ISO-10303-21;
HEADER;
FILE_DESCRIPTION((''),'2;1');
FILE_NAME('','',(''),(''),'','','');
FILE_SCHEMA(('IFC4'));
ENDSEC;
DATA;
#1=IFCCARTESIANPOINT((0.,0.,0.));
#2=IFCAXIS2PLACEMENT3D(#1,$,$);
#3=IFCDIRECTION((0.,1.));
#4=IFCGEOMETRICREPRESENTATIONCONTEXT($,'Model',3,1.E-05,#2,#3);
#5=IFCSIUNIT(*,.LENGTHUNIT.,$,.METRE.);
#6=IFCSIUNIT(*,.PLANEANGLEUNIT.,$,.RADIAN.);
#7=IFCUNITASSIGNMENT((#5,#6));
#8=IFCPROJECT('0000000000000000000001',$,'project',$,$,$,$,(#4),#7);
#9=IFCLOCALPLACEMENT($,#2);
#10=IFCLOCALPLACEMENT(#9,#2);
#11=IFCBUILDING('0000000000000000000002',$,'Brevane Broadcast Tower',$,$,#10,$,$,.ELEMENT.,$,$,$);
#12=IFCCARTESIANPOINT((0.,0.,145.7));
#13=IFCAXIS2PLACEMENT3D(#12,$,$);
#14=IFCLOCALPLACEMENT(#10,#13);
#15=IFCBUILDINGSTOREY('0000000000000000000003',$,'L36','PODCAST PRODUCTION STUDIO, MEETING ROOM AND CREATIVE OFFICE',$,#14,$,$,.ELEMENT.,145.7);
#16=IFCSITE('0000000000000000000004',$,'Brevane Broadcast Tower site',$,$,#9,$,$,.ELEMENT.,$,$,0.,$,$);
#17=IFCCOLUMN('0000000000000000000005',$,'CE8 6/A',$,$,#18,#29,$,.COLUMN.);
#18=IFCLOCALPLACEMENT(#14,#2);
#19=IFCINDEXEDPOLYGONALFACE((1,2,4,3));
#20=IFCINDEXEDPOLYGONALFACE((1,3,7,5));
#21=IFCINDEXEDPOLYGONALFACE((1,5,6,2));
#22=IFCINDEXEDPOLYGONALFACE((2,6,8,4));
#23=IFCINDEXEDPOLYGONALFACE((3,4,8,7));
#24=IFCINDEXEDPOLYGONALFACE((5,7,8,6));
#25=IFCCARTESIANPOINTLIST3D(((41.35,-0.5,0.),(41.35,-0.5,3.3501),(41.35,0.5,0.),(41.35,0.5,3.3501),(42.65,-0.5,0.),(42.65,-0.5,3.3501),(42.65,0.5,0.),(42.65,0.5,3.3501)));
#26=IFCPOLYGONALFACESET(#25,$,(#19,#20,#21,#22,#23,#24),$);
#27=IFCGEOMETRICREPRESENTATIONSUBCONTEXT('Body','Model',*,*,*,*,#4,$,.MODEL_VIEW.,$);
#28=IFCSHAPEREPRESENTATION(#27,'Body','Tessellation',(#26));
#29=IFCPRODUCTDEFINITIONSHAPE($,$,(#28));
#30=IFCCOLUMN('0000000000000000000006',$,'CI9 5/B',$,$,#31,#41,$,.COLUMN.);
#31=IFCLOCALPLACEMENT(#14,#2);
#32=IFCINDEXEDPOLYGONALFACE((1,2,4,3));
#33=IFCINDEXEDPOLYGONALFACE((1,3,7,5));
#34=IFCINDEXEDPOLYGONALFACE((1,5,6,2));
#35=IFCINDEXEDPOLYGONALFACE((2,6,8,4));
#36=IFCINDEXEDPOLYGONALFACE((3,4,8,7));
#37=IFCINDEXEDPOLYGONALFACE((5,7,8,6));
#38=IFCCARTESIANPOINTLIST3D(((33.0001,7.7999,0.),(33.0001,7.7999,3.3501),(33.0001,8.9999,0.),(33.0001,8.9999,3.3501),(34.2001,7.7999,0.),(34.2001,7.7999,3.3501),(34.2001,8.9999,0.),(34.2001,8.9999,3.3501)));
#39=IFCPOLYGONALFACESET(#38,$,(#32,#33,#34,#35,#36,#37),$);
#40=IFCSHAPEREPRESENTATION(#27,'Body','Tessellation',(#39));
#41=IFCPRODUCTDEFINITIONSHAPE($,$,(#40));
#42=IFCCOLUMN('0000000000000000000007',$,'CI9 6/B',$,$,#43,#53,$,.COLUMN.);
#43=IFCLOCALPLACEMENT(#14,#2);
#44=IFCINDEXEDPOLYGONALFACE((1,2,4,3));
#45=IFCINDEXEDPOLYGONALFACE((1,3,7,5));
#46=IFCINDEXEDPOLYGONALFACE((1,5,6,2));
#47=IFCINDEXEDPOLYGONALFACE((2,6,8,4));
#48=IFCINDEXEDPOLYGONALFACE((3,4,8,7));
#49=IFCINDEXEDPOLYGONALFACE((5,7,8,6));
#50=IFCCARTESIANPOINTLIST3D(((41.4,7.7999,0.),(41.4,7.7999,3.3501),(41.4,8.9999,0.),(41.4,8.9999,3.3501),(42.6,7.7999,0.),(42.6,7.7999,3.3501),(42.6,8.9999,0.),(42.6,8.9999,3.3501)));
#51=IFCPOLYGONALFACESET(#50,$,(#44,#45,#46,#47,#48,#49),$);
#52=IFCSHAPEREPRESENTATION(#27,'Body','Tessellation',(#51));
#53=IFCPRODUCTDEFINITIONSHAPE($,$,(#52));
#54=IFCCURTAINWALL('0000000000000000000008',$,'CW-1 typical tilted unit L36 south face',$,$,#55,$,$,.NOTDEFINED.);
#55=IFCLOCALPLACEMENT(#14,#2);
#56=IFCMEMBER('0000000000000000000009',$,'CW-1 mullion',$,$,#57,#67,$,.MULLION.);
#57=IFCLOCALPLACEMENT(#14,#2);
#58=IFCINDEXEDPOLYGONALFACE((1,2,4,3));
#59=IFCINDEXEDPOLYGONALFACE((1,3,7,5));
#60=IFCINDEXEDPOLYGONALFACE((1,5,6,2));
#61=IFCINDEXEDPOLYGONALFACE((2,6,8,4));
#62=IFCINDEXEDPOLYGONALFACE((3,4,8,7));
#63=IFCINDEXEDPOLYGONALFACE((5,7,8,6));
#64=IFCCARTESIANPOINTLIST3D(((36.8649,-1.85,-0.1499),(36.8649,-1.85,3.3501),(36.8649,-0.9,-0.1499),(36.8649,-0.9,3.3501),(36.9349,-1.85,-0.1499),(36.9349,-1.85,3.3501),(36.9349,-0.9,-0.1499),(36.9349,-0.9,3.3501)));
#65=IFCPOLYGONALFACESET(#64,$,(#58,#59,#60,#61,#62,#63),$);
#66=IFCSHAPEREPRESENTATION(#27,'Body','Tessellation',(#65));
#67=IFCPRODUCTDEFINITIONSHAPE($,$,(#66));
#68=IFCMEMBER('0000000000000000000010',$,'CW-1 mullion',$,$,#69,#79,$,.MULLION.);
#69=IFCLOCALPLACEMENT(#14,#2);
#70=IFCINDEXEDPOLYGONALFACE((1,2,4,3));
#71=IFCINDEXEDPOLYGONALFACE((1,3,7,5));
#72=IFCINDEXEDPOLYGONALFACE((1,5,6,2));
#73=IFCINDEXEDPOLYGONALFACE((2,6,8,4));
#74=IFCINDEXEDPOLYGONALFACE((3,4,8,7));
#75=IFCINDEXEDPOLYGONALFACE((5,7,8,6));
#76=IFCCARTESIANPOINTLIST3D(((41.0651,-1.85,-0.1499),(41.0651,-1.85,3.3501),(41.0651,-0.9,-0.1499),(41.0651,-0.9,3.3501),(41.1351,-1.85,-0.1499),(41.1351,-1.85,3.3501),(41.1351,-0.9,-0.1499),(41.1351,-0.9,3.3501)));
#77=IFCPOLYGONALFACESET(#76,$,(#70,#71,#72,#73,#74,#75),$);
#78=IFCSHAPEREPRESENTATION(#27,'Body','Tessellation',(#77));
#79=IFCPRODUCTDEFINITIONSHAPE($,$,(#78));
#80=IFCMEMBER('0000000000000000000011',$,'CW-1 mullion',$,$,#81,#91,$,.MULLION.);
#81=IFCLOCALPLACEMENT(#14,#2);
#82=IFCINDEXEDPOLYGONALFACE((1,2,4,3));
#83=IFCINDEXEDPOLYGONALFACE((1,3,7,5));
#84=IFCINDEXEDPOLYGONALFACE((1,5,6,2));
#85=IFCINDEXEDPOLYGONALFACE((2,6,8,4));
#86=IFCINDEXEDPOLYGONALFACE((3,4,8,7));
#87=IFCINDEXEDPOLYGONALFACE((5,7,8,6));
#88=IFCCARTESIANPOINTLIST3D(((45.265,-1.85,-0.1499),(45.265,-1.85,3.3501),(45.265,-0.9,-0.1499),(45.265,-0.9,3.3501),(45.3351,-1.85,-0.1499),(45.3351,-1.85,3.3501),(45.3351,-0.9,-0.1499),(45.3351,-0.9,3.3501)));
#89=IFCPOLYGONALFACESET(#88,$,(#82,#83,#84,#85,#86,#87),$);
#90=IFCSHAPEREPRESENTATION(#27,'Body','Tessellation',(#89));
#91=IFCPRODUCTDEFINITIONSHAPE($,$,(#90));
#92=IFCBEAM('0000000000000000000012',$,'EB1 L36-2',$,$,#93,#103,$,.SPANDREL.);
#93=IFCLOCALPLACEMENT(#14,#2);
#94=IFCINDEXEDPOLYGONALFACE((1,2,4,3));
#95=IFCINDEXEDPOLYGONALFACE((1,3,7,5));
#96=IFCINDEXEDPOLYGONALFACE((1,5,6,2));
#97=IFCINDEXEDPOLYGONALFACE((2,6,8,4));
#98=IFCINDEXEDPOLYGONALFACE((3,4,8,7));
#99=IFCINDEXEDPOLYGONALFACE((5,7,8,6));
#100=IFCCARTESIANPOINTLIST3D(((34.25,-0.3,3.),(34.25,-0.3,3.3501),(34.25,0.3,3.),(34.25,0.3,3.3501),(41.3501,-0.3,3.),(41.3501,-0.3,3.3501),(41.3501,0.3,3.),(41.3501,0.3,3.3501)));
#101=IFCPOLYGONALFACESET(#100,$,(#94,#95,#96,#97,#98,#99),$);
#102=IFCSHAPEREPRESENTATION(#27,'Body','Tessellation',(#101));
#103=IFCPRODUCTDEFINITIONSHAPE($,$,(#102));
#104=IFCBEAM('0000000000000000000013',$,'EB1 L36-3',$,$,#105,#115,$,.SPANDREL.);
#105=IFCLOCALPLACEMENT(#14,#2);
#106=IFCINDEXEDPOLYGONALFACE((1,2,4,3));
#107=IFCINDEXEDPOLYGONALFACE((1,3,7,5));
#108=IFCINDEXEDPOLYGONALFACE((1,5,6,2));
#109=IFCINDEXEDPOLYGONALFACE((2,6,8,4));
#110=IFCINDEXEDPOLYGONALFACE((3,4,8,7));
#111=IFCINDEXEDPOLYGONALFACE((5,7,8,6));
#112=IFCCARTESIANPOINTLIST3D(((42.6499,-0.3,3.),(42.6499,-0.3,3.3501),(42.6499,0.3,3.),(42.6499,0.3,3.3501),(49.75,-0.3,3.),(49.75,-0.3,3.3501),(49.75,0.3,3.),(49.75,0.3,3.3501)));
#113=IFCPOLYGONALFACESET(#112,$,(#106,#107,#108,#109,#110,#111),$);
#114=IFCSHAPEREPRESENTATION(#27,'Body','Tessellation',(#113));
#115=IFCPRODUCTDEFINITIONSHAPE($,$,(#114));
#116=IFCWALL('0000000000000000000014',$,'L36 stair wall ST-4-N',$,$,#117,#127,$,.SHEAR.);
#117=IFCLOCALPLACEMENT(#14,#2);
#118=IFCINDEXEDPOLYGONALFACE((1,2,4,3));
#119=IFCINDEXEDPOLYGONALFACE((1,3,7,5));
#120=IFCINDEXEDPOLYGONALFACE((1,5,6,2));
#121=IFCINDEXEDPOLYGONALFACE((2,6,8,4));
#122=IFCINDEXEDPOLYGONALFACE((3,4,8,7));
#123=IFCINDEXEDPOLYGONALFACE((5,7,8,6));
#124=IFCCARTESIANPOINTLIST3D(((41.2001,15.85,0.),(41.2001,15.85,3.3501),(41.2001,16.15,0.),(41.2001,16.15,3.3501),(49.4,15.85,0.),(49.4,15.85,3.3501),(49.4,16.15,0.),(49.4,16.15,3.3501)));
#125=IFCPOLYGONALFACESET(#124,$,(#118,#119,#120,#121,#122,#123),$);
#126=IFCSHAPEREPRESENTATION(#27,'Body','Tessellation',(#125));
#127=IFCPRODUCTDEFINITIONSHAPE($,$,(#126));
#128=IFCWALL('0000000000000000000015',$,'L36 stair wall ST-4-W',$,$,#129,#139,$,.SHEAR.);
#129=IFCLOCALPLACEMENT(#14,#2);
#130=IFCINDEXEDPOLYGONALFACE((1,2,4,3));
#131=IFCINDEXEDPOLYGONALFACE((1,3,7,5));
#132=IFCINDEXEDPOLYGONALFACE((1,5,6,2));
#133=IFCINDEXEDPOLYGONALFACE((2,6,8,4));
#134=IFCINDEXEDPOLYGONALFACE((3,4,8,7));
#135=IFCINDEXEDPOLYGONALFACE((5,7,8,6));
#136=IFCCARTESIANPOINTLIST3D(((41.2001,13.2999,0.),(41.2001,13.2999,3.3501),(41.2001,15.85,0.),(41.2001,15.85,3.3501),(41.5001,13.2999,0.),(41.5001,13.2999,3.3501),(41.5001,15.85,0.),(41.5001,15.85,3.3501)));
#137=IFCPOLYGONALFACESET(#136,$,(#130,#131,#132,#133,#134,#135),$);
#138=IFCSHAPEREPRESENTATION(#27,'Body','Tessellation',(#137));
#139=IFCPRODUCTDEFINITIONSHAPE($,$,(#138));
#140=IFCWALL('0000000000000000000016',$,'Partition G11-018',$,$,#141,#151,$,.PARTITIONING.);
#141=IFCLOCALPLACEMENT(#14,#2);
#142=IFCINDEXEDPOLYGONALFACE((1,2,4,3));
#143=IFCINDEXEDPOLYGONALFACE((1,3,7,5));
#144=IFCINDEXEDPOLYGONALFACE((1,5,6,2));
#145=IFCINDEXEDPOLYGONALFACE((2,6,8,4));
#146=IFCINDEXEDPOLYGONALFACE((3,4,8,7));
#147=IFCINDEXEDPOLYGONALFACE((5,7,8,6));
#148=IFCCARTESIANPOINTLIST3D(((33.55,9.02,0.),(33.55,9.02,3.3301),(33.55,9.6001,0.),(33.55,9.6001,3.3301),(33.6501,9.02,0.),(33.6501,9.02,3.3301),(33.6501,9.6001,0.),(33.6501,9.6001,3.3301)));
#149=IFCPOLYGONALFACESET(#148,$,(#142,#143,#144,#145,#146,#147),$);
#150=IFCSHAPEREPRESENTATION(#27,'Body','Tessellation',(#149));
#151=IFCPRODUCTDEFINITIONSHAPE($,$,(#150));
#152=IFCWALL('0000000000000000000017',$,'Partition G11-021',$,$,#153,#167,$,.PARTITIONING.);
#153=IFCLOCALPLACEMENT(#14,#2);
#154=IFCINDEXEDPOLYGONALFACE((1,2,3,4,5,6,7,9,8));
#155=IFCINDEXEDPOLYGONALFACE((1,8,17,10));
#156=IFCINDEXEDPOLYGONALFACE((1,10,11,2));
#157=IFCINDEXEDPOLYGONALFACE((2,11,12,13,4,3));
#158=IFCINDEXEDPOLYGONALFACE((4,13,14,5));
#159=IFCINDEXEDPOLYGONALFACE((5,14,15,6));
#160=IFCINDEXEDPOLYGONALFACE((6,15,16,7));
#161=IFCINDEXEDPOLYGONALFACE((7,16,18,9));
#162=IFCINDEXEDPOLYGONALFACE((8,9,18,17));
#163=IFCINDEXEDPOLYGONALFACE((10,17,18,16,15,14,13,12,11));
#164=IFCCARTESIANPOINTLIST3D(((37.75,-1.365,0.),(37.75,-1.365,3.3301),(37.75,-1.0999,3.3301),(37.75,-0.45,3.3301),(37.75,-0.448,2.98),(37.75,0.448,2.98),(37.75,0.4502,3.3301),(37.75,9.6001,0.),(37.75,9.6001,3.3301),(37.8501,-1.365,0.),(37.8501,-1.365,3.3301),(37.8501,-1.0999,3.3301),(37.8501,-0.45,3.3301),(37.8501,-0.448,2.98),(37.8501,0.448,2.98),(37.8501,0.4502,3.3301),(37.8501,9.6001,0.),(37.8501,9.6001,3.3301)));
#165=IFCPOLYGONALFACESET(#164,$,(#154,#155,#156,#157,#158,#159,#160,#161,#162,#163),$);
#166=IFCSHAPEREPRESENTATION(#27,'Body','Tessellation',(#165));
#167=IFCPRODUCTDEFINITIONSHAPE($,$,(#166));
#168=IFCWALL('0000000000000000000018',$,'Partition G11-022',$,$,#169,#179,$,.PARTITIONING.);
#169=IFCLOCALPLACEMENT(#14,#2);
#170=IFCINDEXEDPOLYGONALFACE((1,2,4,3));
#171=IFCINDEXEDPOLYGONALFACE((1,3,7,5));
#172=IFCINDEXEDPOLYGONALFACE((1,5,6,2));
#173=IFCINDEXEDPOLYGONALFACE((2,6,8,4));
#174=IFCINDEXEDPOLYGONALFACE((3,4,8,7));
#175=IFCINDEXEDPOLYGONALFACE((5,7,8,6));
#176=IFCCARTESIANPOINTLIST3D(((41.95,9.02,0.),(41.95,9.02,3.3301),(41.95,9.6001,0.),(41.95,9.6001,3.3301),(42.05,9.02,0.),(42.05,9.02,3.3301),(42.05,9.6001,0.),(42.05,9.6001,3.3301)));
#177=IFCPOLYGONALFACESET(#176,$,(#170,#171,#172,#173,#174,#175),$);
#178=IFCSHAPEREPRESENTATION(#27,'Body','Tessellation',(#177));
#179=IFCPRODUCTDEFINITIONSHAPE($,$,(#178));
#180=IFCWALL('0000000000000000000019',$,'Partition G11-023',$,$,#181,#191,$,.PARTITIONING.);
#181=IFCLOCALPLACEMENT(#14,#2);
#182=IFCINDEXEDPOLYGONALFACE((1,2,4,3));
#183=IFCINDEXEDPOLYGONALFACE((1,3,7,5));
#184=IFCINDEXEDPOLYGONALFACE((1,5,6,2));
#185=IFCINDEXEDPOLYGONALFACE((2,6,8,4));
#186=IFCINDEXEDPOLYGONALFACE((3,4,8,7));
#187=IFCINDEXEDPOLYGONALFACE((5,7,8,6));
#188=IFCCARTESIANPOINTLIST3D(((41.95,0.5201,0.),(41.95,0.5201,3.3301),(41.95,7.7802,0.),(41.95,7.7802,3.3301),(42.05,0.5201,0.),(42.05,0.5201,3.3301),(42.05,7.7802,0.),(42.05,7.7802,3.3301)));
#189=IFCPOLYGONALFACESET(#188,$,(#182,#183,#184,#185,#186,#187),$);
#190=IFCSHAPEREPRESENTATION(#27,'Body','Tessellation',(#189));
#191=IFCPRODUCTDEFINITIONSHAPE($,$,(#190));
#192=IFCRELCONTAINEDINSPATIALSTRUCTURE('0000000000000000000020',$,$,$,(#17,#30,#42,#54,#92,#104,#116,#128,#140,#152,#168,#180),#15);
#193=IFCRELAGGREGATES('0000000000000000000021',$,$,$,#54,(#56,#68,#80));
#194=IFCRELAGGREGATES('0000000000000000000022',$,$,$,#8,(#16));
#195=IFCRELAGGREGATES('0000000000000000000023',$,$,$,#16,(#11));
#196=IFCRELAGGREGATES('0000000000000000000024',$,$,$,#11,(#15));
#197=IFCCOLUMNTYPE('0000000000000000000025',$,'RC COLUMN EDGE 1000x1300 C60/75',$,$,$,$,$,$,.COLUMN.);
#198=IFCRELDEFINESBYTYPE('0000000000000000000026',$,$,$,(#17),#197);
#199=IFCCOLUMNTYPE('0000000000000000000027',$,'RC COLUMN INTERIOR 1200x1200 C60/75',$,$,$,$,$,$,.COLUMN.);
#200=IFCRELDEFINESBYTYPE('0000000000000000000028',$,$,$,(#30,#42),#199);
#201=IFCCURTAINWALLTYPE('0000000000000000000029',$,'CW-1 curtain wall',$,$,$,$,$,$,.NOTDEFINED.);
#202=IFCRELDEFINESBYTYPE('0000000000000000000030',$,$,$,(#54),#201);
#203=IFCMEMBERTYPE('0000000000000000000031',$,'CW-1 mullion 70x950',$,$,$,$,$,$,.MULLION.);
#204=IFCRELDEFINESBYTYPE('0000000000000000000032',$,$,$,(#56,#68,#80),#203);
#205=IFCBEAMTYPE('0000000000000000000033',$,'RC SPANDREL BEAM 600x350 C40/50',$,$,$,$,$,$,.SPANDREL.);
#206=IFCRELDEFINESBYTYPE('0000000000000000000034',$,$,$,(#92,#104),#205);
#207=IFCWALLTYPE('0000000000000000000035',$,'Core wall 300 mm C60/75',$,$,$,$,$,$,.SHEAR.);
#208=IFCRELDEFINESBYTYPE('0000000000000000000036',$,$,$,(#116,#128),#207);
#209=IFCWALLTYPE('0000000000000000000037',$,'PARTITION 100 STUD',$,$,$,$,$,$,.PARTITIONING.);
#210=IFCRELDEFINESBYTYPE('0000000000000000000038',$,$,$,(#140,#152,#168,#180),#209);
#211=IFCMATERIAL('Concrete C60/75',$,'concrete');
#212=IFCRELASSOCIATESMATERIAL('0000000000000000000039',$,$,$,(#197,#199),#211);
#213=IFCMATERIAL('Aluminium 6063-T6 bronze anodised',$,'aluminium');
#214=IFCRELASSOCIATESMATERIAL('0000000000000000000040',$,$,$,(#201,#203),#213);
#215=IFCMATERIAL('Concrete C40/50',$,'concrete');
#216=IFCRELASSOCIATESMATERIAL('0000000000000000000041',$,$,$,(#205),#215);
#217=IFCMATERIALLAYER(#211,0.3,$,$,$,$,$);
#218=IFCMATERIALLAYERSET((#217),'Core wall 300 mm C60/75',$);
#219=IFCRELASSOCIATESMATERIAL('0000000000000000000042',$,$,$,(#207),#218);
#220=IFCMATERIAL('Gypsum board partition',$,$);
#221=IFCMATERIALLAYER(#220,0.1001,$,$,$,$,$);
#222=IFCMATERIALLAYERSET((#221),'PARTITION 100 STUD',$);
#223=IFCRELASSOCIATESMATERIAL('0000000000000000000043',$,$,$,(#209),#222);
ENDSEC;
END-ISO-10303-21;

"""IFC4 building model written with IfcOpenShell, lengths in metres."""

from ifc_helpers import new_model, si_unit, direction, frame, frame_2d, origin, origin_2d, place, context, subcontext, project, spatial, polyline, rectangle, outline, extrude, material, layer, layer_set, material_profile, profile_set, type_object, element, aggregate, save


model = new_model("IFC4")

# Units and contexts
model_context = context("Model", 3, precision=1e-05, world=origin(), true_north=direction((0.0, 1.0)))
body_context = subcontext(model_context, "Body", "Model", "MODEL_VIEW")
ifc_project = project(units=[si_unit("LENGTHUNIT", "METRE"), si_unit("PLANEANGLEUNIT", "RADIAN")], contexts=[model_context])

# Site, building, storey
site_placement = place(None, origin())
site = spatial("IfcSite", under=ifc_project, at=site_placement, Name="Brevane Broadcast Tower site", CompositionType="ELEMENT", RefElevation=0.0)
building_placement = place(site_placement, origin())
building = spatial("IfcBuilding", under=site, at=building_placement, Name="Brevane Broadcast Tower", CompositionType="ELEMENT")
storey_placement = place(building_placement, frame((0.0, 0.0, 145.7)))
storey = spatial("IfcBuildingStorey", under=building, at=storey_placement, Name="L36", Description="PODCAST PRODUCTION STUDIO, MEETING ROOM AND CREATIVE OFFICE", CompositionType="ELEMENT", Elevation=145.7)

# Columns
ifc_material_1 = material(Name="Concrete C60/75", Category="concrete")
ifc_material_profile_1 = material_profile(ifc_material_1, rectangle(XDim=1.0, YDim=1.3, at=origin_2d()), Name="RC 1000x1300")
ifc_profile_set_1 = profile_set([ifc_material_profile_1], Name="Concrete C60/75")
column_type_1 = type_object("IfcColumnType", Name="RC COLUMN EDGE 1000x1300 C60/75", PredefinedType="COLUMN", material=ifc_profile_set_1)
column_placement = place(storey_placement, frame((42.0, 0.0, 0.0), z_axis=(0.0, 0.0, 1.0), x_axis=(0.0, 1.0, 0.0)))
element("IfcColumn", 1, at=column_placement, inside=storey, type_object=column_type_1, Name="CE8 6/A", PredefinedType="COLUMN", context=body_context, shape_type="SweptSolid", body=[
    extrude(rectangle(XDim=1.0, YDim=1.3, at=origin_2d()), origin(), (0.0, 0.0, 1.0), 3.3501),
])
ifc_material_profile_2 = material_profile(ifc_material_1, rectangle(XDim=1.2, YDim=1.2, at=origin_2d()), Name="RC 1200x1200")
ifc_profile_set_2 = profile_set([ifc_material_profile_2], Name="Concrete C60/75")
column_type_2 = type_object("IfcColumnType", Name="RC COLUMN INTERIOR 1200x1200 C60/75", PredefinedType="COLUMN", material=ifc_profile_set_2)
for number, where, z_axis, x_axis, name in (
    (2, (33.6001, 8.3999, 0.0), (0.0, 0.0, 1.0), (1.0, 0.0, 0.0), "CI9 5/B"),
    (3, (42.0, 8.3999, 0.0), (0.0, 0.0, 1.0), (1.0, 0.0, 0.0), "CI9 6/B"),
):
    element("IfcColumn", number, at=place(storey_placement, frame(where, z_axis=z_axis, x_axis=x_axis)), inside=storey, type_object=column_type_2, Name=name, PredefinedType="COLUMN", context=body_context, shape_type="SweptSolid", body=[
        extrude(rectangle(XDim=1.2, YDim=1.2, at=origin_2d()), origin(), (0.0, 0.0, 1.0), 3.3501),
    ])

# Curtain wall, members
ifc_material_2 = material(Name="Aluminium 6063-T6 bronze anodised", Category="aluminium")
curtain_wall_type = type_object("IfcCurtainWallType", Name="CW-1 curtain wall", PredefinedType="NOTDEFINED", material=ifc_material_2)
curtain_wall_placement = place(storey_placement, origin())
curtain_wall = element("IfcCurtainWall", 4, at=curtain_wall_placement, inside=storey, type_object=curtain_wall_type, Name="CW-1 typical tilted unit L36 south face", PredefinedType="NOTDEFINED")
ifc_material_profile_3 = material_profile(ifc_material_2, rectangle(XDim=0.95, YDim=0.0701, at=origin_2d()), Name="RECT 70x950")
ifc_profile_set_3 = profile_set([ifc_material_profile_3], Name="Aluminium 6063-T6 bronze anodised")
member_type = type_object("IfcMemberType", Name="CW-1 mullion 70x950", PredefinedType="MULLION", material=ifc_profile_set_3)
member_1_placement = place(storey_placement, frame((36.8999, -1.375, -0.1499), z_axis=(0.0, 0.0, 1.0), x_axis=(0.0, 1.0, 0.0)))
member_1 = element("IfcMember", 5, at=member_1_placement, type_object=member_type, Name="CW-1 mullion", PredefinedType="MULLION", context=body_context, shape_type="SweptSolid", body=[
    extrude(rectangle(XDim=0.95, YDim=0.0701, at=origin_2d()), origin(), (0.0, 0.0, 1.0), 3.5),
])
member_2_placement = place(storey_placement, frame((41.1001, -1.375, -0.1499), z_axis=(0.0, 0.0, 1.0), x_axis=(0.0, 1.0, 0.0)))
member_2 = element("IfcMember", 6, at=member_2_placement, type_object=member_type, Name="CW-1 mullion", PredefinedType="MULLION", context=body_context, shape_type="SweptSolid", body=[
    extrude(rectangle(XDim=0.95, YDim=0.0701, at=origin_2d()), origin(), (0.0, 0.0, 1.0), 3.5),
])
member_3_placement = place(storey_placement, frame((45.3, -1.375, -0.1499), z_axis=(0.0, 0.0, 1.0), x_axis=(0.0, 1.0, 0.0)))
member_3 = element("IfcMember", 7, at=member_3_placement, type_object=member_type, Name="CW-1 mullion", PredefinedType="MULLION", context=body_context, shape_type="SweptSolid", body=[
    extrude(rectangle(XDim=0.95, YDim=0.0701, at=origin_2d()), origin(), (0.0, 0.0, 1.0), 3.5),
])
aggregate(curtain_wall, [member_1, member_2, member_3])

# Beams
ifc_material_3 = material(Name="Concrete C40/50", Category="concrete")
ifc_material_profile_4 = material_profile(ifc_material_3, rectangle(XDim=0.6001, YDim=0.3501, at=origin_2d()), Name="RC 600x350")
ifc_profile_set_4 = profile_set([ifc_material_profile_4], Name="Concrete C40/50")
beam_type = type_object("IfcBeamType", Name="RC SPANDREL BEAM 600x350 C40/50", PredefinedType="SPANDREL", material=ifc_profile_set_4)
for number, where, z_axis, x_axis, name in (
    (8, (34.25, 0.0, 3.175), (1.0, 0.0, 0.0), (0.0, 1.0, 0.0), "EB1 L36-2"),
    (9, (42.6499, 0.0, 3.175), (1.0, 0.0, 0.0), (0.0, 1.0, 0.0), "EB1 L36-3"),
):
    element("IfcBeam", number, at=place(storey_placement, frame(where, z_axis=z_axis, x_axis=x_axis)), inside=storey, type_object=beam_type, Name=name, PredefinedType="SPANDREL", context=body_context, shape_type="SweptSolid", body=[
        extrude(rectangle(XDim=0.6001, YDim=0.3501, at=origin_2d()), origin(), (0.0, 0.0, 1.0), 7.1001),
    ])

# Walls
ifc_layer_1 = layer(ifc_material_1, 0.3)
ifc_layer_set_1 = layer_set([ifc_layer_1], Name="Core wall 300 mm C60/75")
wall_type_1 = type_object("IfcWallType", Name="Core wall 300 mm C60/75", PredefinedType="SHEAR", material=ifc_layer_set_1)
wall_1_placement = place(storey_placement, frame((41.2, 16.0, 0.0), z_axis=(0.0, 0.0, 1.0), x_axis=(1.0, 0.0, 0.0)))
element("IfcWall", 10, at=wall_1_placement, inside=storey, type_object=wall_type_1, Name="L36 stair wall ST-4-N", PredefinedType="SHEAR", context=body_context, shape_type="SweptSolid", body=[
    extrude(rectangle(XDim=8.2, YDim=0.3, at=frame_2d((4.1001, 0.0))), origin(), (0.0, 0.0, 1.0), 3.3501),
])
wall_2_placement = place(storey_placement, frame((41.3501, 13.3, 0.0), z_axis=(0.0, 0.0, 1.0), x_axis=(0.0, 1.0, 0.0)))
element("IfcWall", 11, at=wall_2_placement, inside=storey, type_object=wall_type_1, Name="L36 stair wall ST-4-W", PredefinedType="SHEAR", context=body_context, shape_type="SweptSolid", body=[
    extrude(rectangle(XDim=2.55, YDim=0.3, at=frame_2d((1.2749, 0.0))), origin(), (0.0, 0.0, 1.0), 3.3501),
])
ifc_material_4 = material(Name="Gypsum board partition")
ifc_layer_2 = layer(ifc_material_4, 0.1001)
ifc_layer_set_2 = layer_set([ifc_layer_2], Name="PARTITION 100 STUD")
wall_type_2 = type_object("IfcWallType", Name="PARTITION 100 STUD", PredefinedType="PARTITIONING", material=ifc_layer_set_2)
wall_3_placement = place(storey_placement, frame((33.6001, 9.6001, 0.0), z_axis=(0.0, 0.0, 1.0), x_axis=(0.0, -1.0, 0.0)))
element("IfcWall", 12, at=wall_3_placement, inside=storey, type_object=wall_type_2, Name="Partition G11-018", PredefinedType="PARTITIONING", context=body_context, shape_type="SweptSolid", body=[
    extrude(rectangle(XDim=0.5801, YDim=0.1001, at=frame_2d((0.29, 0.0))), origin(), (0.0, 0.0, 1.0), 3.3301),
])
wall_4_placement = place(storey_placement, frame((37.8, 9.6001, 0.0), z_axis=(0.0, 0.0, 1.0), x_axis=(0.0, -1.0, 0.0)))
element("IfcWall", 13, at=wall_4_placement, inside=storey, type_object=wall_type_2, Name="Partition G11-021", PredefinedType="PARTITIONING", context=body_context, shape_type="SweptSolid", body=[
    extrude(outline(polyline([(0.0, 0.0), (10.9651, 0.0), (10.9651, 3.3301), (10.7, 3.3301), (10.05, 3.3301), (10.0481, 2.98), (9.1521, 2.98), (9.1499, 3.3301), (0.0, 3.3301), (0.0, 0.0)])), frame((0.0, 0.05, 0.0), z_axis=(0.0, -1.0, 0.0), x_axis=(1.0, 0.0, 0.0)), (0.0, 0.0, 1.0), 0.1001),
])
wall_5_placement = place(storey_placement, frame((42.0, 9.6001, 0.0), z_axis=(0.0, 0.0, 1.0), x_axis=(0.0, -1.0, 0.0)))
element("IfcWall", 14, at=wall_5_placement, inside=storey, type_object=wall_type_2, Name="Partition G11-022", PredefinedType="PARTITIONING", context=body_context, shape_type="SweptSolid", body=[
    extrude(rectangle(XDim=0.5801, YDim=0.1001, at=frame_2d((0.29, 0.0))), origin(), (0.0, 0.0, 1.0), 3.3301),
])
wall_6_placement = place(storey_placement, frame((42.0, 7.78, 0.0), z_axis=(0.0, 0.0, 1.0), x_axis=(0.0, -1.0, 0.0)))
element("IfcWall", 15, at=wall_6_placement, inside=storey, type_object=wall_type_2, Name="Partition G11-023", PredefinedType="PARTITIONING", context=body_context, shape_type="SweptSolid", body=[
    extrude(rectangle(XDim=7.26, YDim=0.1001, at=frame_2d((3.6299, 0.0))), origin(), (0.0, 0.0, 1.0), 3.3301),
])

save(model, "model.ifc")
